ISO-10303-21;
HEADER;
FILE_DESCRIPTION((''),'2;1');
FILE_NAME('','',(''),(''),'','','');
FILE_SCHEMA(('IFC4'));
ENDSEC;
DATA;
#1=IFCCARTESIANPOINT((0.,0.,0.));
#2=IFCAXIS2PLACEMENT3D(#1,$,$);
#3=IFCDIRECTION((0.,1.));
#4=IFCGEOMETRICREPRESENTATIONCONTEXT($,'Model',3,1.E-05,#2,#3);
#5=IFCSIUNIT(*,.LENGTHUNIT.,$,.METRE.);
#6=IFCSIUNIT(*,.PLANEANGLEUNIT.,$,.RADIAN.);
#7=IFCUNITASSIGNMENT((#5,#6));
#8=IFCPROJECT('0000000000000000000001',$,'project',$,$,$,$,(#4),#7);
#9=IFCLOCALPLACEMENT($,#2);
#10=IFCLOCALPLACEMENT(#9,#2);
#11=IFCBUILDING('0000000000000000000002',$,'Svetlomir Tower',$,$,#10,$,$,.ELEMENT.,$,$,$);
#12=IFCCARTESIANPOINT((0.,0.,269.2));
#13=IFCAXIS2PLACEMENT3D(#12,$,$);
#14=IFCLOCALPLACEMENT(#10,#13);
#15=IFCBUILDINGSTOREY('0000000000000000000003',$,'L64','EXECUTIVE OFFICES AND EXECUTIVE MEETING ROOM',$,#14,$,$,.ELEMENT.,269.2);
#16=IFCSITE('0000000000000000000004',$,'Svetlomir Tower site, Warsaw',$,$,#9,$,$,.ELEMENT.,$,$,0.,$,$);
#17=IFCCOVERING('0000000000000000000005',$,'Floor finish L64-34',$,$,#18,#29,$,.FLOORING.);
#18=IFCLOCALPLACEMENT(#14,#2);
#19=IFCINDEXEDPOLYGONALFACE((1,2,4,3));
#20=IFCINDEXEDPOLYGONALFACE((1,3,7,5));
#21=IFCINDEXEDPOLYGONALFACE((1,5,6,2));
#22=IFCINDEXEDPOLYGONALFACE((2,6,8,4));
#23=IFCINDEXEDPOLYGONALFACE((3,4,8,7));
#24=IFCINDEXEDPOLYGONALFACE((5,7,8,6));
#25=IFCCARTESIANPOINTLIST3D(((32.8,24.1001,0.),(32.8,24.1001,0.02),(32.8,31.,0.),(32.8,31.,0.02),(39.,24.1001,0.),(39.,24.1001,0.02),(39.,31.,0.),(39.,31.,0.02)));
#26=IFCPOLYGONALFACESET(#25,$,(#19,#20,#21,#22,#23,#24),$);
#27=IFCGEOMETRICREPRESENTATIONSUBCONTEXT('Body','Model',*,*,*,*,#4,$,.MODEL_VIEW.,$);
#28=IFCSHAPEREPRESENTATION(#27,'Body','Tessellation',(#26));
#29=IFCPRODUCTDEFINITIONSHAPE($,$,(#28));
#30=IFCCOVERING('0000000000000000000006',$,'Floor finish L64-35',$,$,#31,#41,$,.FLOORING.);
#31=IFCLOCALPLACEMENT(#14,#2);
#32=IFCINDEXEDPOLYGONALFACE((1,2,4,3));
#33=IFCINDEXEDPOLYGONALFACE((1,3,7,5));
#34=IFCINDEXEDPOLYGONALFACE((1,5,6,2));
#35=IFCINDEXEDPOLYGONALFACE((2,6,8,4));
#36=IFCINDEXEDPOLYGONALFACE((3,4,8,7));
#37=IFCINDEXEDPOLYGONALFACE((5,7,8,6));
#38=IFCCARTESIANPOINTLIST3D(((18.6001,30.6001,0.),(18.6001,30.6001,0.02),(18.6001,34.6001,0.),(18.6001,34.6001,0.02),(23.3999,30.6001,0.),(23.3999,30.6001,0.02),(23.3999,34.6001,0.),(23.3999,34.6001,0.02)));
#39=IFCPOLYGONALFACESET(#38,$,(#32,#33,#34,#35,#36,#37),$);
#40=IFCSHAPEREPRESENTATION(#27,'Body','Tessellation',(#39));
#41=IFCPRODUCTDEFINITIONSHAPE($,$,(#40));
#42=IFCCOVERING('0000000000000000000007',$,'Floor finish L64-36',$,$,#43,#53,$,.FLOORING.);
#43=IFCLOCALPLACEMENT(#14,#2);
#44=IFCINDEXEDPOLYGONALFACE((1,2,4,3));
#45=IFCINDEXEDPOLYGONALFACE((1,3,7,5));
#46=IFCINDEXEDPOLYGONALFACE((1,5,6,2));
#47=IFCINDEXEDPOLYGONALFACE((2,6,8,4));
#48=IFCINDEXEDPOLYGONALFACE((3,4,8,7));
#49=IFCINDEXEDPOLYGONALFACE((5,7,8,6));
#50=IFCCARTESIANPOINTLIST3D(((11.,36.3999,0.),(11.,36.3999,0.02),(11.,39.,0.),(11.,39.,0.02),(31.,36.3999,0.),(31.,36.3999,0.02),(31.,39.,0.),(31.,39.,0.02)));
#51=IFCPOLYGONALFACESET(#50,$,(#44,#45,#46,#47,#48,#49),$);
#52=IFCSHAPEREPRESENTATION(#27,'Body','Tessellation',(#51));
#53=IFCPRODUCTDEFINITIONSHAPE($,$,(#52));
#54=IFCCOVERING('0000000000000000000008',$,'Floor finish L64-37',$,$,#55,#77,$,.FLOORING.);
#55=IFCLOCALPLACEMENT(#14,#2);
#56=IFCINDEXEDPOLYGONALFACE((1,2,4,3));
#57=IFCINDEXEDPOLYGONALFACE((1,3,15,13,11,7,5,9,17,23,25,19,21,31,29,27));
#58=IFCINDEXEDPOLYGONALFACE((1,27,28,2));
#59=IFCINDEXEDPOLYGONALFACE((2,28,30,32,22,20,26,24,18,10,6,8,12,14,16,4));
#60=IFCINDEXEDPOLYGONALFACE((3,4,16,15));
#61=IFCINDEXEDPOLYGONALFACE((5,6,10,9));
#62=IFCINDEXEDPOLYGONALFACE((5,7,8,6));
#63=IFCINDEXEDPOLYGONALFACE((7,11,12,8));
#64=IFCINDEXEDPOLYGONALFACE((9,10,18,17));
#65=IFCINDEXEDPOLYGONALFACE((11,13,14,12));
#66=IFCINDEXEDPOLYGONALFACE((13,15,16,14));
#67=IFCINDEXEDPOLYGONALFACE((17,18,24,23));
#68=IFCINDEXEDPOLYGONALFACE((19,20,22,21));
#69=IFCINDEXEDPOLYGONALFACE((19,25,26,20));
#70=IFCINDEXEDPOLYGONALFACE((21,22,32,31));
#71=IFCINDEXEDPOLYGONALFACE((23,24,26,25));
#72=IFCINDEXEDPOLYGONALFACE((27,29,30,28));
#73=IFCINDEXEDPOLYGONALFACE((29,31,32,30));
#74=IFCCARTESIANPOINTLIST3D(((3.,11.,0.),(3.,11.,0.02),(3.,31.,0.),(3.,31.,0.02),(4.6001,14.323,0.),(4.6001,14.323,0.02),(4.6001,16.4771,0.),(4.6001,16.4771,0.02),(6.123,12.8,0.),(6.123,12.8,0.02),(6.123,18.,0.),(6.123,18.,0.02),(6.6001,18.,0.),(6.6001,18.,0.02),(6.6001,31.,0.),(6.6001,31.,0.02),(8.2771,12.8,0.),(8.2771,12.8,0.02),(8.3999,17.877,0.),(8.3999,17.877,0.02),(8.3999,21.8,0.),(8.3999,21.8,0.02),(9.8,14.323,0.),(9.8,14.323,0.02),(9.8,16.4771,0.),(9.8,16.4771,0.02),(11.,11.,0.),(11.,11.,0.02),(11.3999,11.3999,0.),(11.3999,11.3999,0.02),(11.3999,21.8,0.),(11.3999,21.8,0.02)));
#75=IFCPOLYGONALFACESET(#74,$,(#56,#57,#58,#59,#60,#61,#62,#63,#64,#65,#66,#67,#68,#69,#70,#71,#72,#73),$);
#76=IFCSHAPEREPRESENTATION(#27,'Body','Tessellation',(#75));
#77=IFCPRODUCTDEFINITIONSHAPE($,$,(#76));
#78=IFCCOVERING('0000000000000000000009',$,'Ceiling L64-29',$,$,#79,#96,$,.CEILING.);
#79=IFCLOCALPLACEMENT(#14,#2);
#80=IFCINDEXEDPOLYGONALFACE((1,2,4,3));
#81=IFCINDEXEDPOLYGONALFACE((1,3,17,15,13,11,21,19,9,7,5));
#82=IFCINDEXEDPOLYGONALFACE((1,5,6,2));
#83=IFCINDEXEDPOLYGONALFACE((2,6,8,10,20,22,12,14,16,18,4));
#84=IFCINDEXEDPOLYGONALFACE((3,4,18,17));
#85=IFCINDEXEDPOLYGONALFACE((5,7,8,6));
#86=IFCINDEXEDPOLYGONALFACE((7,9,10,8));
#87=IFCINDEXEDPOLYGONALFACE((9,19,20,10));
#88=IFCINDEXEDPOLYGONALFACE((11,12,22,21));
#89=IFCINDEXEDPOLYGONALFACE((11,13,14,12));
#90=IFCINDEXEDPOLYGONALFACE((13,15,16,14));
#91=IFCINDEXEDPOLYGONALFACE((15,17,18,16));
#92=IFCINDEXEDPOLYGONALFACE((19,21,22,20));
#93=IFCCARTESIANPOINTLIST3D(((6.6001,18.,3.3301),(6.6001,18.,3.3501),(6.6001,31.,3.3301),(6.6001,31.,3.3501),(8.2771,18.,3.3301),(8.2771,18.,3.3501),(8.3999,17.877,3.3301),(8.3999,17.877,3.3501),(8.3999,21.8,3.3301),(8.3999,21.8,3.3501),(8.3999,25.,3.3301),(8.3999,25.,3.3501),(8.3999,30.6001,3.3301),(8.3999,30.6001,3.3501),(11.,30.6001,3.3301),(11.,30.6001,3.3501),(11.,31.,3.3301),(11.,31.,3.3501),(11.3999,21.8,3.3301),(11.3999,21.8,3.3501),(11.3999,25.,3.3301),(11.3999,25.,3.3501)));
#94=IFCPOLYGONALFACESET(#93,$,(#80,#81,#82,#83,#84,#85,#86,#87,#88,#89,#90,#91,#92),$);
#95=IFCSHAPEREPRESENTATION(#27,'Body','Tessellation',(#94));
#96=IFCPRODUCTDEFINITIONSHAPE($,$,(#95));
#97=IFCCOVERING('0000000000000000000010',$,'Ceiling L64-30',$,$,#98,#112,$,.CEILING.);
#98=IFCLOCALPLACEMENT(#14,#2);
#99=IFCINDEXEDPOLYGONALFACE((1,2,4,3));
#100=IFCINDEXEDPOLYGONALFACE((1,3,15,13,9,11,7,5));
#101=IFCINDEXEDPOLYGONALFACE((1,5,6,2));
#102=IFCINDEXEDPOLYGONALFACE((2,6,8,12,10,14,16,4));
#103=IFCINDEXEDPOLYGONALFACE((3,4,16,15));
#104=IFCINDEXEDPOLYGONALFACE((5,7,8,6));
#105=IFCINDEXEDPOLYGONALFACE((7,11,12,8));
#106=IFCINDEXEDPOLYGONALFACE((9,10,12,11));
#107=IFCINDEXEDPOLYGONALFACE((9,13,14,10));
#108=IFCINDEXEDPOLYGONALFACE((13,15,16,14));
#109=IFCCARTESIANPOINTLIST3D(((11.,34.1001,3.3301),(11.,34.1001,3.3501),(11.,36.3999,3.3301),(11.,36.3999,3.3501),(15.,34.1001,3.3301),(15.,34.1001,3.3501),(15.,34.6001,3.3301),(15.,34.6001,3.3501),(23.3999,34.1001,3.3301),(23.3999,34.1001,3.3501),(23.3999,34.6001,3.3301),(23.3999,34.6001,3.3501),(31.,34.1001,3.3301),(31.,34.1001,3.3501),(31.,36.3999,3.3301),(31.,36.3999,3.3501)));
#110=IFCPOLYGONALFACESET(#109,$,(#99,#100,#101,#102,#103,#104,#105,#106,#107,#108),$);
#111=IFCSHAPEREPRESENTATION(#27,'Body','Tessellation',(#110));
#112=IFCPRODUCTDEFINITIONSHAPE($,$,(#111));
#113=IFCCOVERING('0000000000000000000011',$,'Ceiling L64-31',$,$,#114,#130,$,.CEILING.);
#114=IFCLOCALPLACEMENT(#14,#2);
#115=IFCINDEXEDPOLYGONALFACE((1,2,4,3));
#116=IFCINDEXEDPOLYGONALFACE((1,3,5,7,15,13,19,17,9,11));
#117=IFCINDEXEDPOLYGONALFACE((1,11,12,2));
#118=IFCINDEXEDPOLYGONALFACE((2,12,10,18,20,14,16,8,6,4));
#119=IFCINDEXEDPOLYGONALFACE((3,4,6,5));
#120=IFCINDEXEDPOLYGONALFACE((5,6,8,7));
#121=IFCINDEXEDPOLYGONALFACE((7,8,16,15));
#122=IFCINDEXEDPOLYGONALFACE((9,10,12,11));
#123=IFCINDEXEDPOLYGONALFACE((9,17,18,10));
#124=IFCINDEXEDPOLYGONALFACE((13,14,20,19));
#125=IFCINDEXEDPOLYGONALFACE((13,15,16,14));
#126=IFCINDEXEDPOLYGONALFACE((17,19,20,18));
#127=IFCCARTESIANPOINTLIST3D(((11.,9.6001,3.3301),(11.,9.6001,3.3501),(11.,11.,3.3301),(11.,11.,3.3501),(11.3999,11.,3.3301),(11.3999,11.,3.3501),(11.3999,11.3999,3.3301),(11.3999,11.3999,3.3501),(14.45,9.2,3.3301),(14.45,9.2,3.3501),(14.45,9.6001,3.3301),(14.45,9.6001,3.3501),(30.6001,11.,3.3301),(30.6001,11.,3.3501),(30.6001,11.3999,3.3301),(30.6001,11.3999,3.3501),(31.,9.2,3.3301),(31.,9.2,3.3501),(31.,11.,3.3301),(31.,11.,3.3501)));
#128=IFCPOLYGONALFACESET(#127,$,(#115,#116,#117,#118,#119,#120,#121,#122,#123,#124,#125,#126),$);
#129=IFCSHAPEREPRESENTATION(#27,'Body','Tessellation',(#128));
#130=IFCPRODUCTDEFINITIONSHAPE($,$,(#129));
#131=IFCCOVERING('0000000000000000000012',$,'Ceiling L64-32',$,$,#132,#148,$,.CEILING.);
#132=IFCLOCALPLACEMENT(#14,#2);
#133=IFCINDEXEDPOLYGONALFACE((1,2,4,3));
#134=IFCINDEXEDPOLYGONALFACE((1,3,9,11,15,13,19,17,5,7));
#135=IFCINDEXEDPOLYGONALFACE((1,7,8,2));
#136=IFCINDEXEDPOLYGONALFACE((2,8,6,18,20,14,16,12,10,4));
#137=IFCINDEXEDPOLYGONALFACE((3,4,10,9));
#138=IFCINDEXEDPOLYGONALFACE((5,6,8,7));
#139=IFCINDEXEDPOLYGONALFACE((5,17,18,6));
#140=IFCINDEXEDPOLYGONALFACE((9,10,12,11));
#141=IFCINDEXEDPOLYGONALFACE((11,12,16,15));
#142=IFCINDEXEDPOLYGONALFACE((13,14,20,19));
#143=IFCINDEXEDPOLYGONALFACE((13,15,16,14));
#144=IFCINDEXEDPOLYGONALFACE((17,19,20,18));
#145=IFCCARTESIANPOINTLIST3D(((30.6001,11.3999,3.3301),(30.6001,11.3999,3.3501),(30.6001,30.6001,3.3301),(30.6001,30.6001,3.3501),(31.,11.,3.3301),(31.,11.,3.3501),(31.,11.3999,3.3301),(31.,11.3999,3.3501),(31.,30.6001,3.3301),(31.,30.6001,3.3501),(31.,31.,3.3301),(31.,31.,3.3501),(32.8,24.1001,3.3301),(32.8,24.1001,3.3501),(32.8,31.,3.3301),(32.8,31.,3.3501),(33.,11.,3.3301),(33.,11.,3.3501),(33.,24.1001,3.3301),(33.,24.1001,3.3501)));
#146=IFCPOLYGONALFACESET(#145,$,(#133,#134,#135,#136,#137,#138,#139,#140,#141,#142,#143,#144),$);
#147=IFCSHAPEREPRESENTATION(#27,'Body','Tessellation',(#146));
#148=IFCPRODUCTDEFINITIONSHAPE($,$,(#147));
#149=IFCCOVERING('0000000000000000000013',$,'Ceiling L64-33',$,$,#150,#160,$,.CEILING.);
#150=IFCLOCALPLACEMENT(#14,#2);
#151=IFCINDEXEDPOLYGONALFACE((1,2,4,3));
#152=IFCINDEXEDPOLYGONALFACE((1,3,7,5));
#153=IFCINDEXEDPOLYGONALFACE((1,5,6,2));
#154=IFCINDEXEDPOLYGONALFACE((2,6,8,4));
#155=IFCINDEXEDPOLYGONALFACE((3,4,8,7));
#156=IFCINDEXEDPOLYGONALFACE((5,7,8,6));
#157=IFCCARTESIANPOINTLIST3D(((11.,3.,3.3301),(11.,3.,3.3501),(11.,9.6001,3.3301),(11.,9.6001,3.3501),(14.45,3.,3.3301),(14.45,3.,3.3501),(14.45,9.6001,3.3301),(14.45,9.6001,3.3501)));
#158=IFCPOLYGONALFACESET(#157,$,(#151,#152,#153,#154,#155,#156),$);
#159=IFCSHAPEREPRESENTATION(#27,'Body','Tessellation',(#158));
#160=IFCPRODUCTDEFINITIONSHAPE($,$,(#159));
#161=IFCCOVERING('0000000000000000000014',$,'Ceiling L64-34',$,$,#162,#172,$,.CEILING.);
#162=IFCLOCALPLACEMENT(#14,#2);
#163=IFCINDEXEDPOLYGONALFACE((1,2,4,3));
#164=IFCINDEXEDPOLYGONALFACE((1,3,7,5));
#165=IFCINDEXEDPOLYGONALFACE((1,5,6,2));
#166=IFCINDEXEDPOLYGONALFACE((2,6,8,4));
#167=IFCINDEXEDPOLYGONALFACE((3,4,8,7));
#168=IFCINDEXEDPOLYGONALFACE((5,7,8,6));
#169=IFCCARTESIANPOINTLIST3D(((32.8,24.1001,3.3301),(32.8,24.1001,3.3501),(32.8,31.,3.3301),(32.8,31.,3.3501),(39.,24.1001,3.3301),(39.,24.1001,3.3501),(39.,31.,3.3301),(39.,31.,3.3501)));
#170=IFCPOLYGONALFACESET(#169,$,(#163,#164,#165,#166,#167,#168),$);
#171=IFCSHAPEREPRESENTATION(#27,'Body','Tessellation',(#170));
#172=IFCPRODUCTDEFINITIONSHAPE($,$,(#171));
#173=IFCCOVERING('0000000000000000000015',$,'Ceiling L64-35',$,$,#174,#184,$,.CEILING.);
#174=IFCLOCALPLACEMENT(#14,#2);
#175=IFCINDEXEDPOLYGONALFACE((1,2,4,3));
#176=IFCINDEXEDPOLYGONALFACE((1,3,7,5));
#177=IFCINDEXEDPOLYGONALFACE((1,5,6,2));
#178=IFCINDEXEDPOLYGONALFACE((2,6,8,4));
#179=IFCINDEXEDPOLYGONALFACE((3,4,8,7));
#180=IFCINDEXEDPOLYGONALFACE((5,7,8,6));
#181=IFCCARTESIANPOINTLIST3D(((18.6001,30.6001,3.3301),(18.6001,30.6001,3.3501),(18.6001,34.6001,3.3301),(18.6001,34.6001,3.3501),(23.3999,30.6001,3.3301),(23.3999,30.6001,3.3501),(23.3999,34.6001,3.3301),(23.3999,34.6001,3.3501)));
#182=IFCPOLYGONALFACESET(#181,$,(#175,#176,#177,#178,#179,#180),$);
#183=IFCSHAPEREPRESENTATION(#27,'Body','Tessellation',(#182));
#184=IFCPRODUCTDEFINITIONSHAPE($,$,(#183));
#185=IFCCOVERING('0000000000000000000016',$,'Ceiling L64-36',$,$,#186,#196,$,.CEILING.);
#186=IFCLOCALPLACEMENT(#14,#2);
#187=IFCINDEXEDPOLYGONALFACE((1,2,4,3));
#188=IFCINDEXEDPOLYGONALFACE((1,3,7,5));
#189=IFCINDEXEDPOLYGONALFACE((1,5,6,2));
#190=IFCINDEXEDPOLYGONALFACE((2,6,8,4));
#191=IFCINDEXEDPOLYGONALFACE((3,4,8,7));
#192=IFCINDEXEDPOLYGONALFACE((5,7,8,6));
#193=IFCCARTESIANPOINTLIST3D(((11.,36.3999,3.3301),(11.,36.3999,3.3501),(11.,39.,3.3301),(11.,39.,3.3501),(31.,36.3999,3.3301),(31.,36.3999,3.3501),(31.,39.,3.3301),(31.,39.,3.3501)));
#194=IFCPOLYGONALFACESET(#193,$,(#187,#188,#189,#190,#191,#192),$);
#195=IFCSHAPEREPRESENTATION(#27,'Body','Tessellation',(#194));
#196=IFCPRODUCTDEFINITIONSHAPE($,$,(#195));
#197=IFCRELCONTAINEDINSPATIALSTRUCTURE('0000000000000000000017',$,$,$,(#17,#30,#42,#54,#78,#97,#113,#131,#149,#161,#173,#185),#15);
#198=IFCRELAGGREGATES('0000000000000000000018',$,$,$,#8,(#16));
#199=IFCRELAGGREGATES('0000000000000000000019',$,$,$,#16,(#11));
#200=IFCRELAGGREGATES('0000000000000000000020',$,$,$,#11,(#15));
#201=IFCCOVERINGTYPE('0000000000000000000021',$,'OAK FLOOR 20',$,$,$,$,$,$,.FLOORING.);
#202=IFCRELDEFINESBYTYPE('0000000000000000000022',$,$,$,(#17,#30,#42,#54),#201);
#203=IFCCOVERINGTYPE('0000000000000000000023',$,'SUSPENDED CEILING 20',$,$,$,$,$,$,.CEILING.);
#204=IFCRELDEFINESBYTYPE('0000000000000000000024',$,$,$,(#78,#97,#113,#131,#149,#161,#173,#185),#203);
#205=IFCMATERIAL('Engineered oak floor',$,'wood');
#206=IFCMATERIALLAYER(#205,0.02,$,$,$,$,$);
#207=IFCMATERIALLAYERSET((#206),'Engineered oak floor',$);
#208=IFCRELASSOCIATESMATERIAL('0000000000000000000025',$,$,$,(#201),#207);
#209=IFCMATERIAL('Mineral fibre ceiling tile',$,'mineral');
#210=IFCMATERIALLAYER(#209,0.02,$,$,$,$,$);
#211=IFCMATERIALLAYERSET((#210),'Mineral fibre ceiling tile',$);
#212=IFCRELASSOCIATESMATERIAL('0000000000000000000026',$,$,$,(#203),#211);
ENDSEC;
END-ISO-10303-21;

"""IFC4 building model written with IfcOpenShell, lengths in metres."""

from ifc_helpers import new_model, si_unit, direction, frame, origin, place, context, subcontext, project, spatial, polyline, outline, extrude, material, layer, layer_set, type_object, element, save


model = new_model("IFC4")

# Units and contexts
model_context = context("Model", 3, precision=1e-05, world=origin(), true_north=direction((0.0, 1.0)))
body_context = subcontext(model_context, "Body", "Model", "MODEL_VIEW")
ifc_project = project(units=[si_unit("LENGTHUNIT", "METRE"), si_unit("PLANEANGLEUNIT", "RADIAN")], contexts=[model_context])

# Site, building, storey
site_placement = place(None, origin())
site = spatial("IfcSite", under=ifc_project, at=site_placement, Name="Svetlomir Tower site, Warsaw", CompositionType="ELEMENT", RefElevation=0.0)
building_placement = place(site_placement, origin())
building = spatial("IfcBuilding", under=site, at=building_placement, Name="Svetlomir Tower", CompositionType="ELEMENT")
storey_placement = place(building_placement, frame((0.0, 0.0, 269.2)))
storey = spatial("IfcBuildingStorey", under=building, at=storey_placement, Name="L64", Description="EXECUTIVE OFFICES AND EXECUTIVE MEETING ROOM", CompositionType="ELEMENT", Elevation=269.2)

# Coverings
ifc_material_1 = material(Name="Engineered oak floor", Category="wood")
ifc_layer_1 = layer(ifc_material_1, 0.02)
ifc_layer_set_1 = layer_set([ifc_layer_1], Name="Engineered oak floor")
covering_type_1 = type_object("IfcCoveringType", Name="OAK FLOOR 20", PredefinedType="FLOORING", material=ifc_layer_set_1)
covering_1_placement = place(storey_placement, origin())
element("IfcCovering", 1, at=covering_1_placement, inside=storey, type_object=covering_type_1, Name="Floor finish L64-34", PredefinedType="FLOORING", context=body_context, shape_type="SweptSolid", body=[
    extrude(outline(polyline([(39.0, 24.1001), (32.8, 24.1001), (32.8, 31.0), (39.0, 31.0), (39.0, 24.1001)])), origin(), (0.0, 0.0, 1.0), 0.02),
])
covering_2_placement = place(storey_placement, origin())
element("IfcCovering", 2, at=covering_2_placement, inside=storey, type_object=covering_type_1, Name="Floor finish L64-35", PredefinedType="FLOORING", context=body_context, shape_type="SweptSolid", body=[
    extrude(outline(polyline([(18.6001, 30.6001), (18.6001, 34.6001), (23.3999, 34.6001), (23.3999, 30.6001), (18.6001, 30.6001)])), origin(), (0.0, 0.0, 1.0), 0.02),
])
covering_3_placement = place(storey_placement, origin())
element("IfcCovering", 3, at=covering_3_placement, inside=storey, type_object=covering_type_1, Name="Floor finish L64-36", PredefinedType="FLOORING", context=body_context, shape_type="SweptSolid", body=[
    extrude(outline(polyline([(31.0, 39.0), (31.0, 36.3999), (11.0, 36.3999), (11.0, 39.0), (31.0, 39.0)])), origin(), (0.0, 0.0, 1.0), 0.02),
])
covering_4_placement = place(storey_placement, origin())
element("IfcCovering", 4, at=covering_4_placement, inside=storey, type_object=covering_type_1, Name="Floor finish L64-37", PredefinedType="FLOORING", context=body_context, shape_type="SweptSolid", body=[
    extrude(outline(polyline([(3.0, 31.0), (6.6001, 31.0), (6.6001, 18.0), (6.123, 18.0), (4.6001, 16.4771), (4.6001, 14.323), (6.123, 12.8), (8.2771, 12.8), (9.8, 14.323), (9.8, 16.4771), (8.3999, 17.877), (8.3999, 21.8), (11.3999, 21.8), (11.3999, 11.3999), (11.0, 11.0), (3.0, 11.0), (3.0, 31.0)])), origin(), (0.0, 0.0, 1.0), 0.02),
])
ifc_material_2 = material(Name="Mineral fibre ceiling tile", Category="mineral")
ifc_layer_2 = layer(ifc_material_2, 0.02)
ifc_layer_set_2 = layer_set([ifc_layer_2], Name="Mineral fibre ceiling tile")
covering_type_2 = type_object("IfcCoveringType", Name="SUSPENDED CEILING 20", PredefinedType="CEILING", material=ifc_layer_set_2)
covering_5_placement = place(storey_placement, frame((0.0, 0.0, 3.3301)))
element("IfcCovering", 5, at=covering_5_placement, inside=storey, type_object=covering_type_2, Name="Ceiling L64-29", PredefinedType="CEILING", context=body_context, shape_type="SweptSolid", body=[
    extrude(outline(polyline([(11.3999, 21.8), (8.3999, 21.8), (8.3999, 17.877), (8.2771, 18.0), (6.6001, 18.0), (6.6001, 31.0), (11.0, 31.0), (11.0, 30.6001), (8.3999, 30.6001), (8.3999, 25.0), (11.3999, 25.0), (11.3999, 21.8)])), origin(), (0.0, 0.0, 1.0), 0.02),
])
covering_6_placement = place(storey_placement, frame((0.0, 0.0, 3.3301)))
element("IfcCovering", 6, at=covering_6_placement, inside=storey, type_object=covering_type_2, Name="Ceiling L64-30", PredefinedType="CEILING", context=body_context, shape_type="SweptSolid", body=[
    extrude(outline(polyline([(31.0, 34.1001), (23.3999, 34.1001), (23.3999, 34.6001), (15.0, 34.6001), (15.0, 34.1001), (11.0, 34.1001), (11.0, 36.3999), (31.0, 36.3999), (31.0, 34.1001)])), origin(), (0.0, 0.0, 1.0), 0.02),
])
covering_7_placement = place(storey_placement, frame((0.0, 0.0, 3.3301)))
element("IfcCovering", 7, at=covering_7_placement, inside=storey, type_object=covering_type_2, Name="Ceiling L64-31", PredefinedType="CEILING", context=body_context, shape_type="SweptSolid", body=[
    extrude(outline(polyline([(14.45, 9.2), (14.45, 9.6001), (11.0, 9.6001), (11.0, 11.0), (11.3999, 11.0), (11.3999, 11.3999), (30.6001, 11.3999), (30.6001, 11.0), (31.0, 11.0), (31.0, 9.2), (14.45, 9.2)])), origin(), (0.0, 0.0, 1.0), 0.02),
])
covering_8_placement = place(storey_placement, frame((0.0, 0.0, 3.3301)))
element("IfcCovering", 8, at=covering_8_placement, inside=storey, type_object=covering_type_2, Name="Ceiling L64-32", PredefinedType="CEILING", context=body_context, shape_type="SweptSolid", body=[
    extrude(outline(polyline([(30.6001, 30.6001), (31.0, 30.6001), (31.0, 31.0), (32.8, 31.0), (32.8, 24.1001), (33.0, 24.1001), (33.0, 11.0), (31.0, 11.0), (31.0, 11.3999), (30.6001, 11.3999), (30.6001, 30.6001)])), origin(), (0.0, 0.0, 1.0), 0.02),
])
covering_9_placement = place(storey_placement, frame((0.0, 0.0, 3.3301)))
element("IfcCovering", 9, at=covering_9_placement, inside=storey, type_object=covering_type_2, Name="Ceiling L64-33", PredefinedType="CEILING", context=body_context, shape_type="SweptSolid", body=[
    extrude(outline(polyline([(14.45, 9.6001), (14.45, 3.0), (11.0, 3.0), (11.0, 9.6001), (14.45, 9.6001)])), origin(), (0.0, 0.0, 1.0), 0.02),
])
covering_10_placement = place(storey_placement, frame((0.0, 0.0, 3.3301)))
element("IfcCovering", 10, at=covering_10_placement, inside=storey, type_object=covering_type_2, Name="Ceiling L64-34", PredefinedType="CEILING", context=body_context, shape_type="SweptSolid", body=[
    extrude(outline(polyline([(39.0, 24.1001), (32.8, 24.1001), (32.8, 31.0), (39.0, 31.0), (39.0, 24.1001)])), origin(), (0.0, 0.0, 1.0), 0.02),
])
covering_11_placement = place(storey_placement, frame((0.0, 0.0, 3.3301)))
element("IfcCovering", 11, at=covering_11_placement, inside=storey, type_object=covering_type_2, Name="Ceiling L64-35", PredefinedType="CEILING", context=body_context, shape_type="SweptSolid", body=[
    extrude(outline(polyline([(18.6001, 30.6001), (18.6001, 34.6001), (23.3999, 34.6001), (23.3999, 30.6001), (18.6001, 30.6001)])), origin(), (0.0, 0.0, 1.0), 0.02),
])
covering_12_placement = place(storey_placement, frame((0.0, 0.0, 3.3301)))
element("IfcCovering", 12, at=covering_12_placement, inside=storey, type_object=covering_type_2, Name="Ceiling L64-36", PredefinedType="CEILING", context=body_context, shape_type="SweptSolid", body=[
    extrude(outline(polyline([(31.0, 39.0), (31.0, 36.3999), (11.0, 36.3999), (11.0, 39.0), (31.0, 39.0)])), origin(), (0.0, 0.0, 1.0), 0.02),
])

save(model, "model.ifc")
